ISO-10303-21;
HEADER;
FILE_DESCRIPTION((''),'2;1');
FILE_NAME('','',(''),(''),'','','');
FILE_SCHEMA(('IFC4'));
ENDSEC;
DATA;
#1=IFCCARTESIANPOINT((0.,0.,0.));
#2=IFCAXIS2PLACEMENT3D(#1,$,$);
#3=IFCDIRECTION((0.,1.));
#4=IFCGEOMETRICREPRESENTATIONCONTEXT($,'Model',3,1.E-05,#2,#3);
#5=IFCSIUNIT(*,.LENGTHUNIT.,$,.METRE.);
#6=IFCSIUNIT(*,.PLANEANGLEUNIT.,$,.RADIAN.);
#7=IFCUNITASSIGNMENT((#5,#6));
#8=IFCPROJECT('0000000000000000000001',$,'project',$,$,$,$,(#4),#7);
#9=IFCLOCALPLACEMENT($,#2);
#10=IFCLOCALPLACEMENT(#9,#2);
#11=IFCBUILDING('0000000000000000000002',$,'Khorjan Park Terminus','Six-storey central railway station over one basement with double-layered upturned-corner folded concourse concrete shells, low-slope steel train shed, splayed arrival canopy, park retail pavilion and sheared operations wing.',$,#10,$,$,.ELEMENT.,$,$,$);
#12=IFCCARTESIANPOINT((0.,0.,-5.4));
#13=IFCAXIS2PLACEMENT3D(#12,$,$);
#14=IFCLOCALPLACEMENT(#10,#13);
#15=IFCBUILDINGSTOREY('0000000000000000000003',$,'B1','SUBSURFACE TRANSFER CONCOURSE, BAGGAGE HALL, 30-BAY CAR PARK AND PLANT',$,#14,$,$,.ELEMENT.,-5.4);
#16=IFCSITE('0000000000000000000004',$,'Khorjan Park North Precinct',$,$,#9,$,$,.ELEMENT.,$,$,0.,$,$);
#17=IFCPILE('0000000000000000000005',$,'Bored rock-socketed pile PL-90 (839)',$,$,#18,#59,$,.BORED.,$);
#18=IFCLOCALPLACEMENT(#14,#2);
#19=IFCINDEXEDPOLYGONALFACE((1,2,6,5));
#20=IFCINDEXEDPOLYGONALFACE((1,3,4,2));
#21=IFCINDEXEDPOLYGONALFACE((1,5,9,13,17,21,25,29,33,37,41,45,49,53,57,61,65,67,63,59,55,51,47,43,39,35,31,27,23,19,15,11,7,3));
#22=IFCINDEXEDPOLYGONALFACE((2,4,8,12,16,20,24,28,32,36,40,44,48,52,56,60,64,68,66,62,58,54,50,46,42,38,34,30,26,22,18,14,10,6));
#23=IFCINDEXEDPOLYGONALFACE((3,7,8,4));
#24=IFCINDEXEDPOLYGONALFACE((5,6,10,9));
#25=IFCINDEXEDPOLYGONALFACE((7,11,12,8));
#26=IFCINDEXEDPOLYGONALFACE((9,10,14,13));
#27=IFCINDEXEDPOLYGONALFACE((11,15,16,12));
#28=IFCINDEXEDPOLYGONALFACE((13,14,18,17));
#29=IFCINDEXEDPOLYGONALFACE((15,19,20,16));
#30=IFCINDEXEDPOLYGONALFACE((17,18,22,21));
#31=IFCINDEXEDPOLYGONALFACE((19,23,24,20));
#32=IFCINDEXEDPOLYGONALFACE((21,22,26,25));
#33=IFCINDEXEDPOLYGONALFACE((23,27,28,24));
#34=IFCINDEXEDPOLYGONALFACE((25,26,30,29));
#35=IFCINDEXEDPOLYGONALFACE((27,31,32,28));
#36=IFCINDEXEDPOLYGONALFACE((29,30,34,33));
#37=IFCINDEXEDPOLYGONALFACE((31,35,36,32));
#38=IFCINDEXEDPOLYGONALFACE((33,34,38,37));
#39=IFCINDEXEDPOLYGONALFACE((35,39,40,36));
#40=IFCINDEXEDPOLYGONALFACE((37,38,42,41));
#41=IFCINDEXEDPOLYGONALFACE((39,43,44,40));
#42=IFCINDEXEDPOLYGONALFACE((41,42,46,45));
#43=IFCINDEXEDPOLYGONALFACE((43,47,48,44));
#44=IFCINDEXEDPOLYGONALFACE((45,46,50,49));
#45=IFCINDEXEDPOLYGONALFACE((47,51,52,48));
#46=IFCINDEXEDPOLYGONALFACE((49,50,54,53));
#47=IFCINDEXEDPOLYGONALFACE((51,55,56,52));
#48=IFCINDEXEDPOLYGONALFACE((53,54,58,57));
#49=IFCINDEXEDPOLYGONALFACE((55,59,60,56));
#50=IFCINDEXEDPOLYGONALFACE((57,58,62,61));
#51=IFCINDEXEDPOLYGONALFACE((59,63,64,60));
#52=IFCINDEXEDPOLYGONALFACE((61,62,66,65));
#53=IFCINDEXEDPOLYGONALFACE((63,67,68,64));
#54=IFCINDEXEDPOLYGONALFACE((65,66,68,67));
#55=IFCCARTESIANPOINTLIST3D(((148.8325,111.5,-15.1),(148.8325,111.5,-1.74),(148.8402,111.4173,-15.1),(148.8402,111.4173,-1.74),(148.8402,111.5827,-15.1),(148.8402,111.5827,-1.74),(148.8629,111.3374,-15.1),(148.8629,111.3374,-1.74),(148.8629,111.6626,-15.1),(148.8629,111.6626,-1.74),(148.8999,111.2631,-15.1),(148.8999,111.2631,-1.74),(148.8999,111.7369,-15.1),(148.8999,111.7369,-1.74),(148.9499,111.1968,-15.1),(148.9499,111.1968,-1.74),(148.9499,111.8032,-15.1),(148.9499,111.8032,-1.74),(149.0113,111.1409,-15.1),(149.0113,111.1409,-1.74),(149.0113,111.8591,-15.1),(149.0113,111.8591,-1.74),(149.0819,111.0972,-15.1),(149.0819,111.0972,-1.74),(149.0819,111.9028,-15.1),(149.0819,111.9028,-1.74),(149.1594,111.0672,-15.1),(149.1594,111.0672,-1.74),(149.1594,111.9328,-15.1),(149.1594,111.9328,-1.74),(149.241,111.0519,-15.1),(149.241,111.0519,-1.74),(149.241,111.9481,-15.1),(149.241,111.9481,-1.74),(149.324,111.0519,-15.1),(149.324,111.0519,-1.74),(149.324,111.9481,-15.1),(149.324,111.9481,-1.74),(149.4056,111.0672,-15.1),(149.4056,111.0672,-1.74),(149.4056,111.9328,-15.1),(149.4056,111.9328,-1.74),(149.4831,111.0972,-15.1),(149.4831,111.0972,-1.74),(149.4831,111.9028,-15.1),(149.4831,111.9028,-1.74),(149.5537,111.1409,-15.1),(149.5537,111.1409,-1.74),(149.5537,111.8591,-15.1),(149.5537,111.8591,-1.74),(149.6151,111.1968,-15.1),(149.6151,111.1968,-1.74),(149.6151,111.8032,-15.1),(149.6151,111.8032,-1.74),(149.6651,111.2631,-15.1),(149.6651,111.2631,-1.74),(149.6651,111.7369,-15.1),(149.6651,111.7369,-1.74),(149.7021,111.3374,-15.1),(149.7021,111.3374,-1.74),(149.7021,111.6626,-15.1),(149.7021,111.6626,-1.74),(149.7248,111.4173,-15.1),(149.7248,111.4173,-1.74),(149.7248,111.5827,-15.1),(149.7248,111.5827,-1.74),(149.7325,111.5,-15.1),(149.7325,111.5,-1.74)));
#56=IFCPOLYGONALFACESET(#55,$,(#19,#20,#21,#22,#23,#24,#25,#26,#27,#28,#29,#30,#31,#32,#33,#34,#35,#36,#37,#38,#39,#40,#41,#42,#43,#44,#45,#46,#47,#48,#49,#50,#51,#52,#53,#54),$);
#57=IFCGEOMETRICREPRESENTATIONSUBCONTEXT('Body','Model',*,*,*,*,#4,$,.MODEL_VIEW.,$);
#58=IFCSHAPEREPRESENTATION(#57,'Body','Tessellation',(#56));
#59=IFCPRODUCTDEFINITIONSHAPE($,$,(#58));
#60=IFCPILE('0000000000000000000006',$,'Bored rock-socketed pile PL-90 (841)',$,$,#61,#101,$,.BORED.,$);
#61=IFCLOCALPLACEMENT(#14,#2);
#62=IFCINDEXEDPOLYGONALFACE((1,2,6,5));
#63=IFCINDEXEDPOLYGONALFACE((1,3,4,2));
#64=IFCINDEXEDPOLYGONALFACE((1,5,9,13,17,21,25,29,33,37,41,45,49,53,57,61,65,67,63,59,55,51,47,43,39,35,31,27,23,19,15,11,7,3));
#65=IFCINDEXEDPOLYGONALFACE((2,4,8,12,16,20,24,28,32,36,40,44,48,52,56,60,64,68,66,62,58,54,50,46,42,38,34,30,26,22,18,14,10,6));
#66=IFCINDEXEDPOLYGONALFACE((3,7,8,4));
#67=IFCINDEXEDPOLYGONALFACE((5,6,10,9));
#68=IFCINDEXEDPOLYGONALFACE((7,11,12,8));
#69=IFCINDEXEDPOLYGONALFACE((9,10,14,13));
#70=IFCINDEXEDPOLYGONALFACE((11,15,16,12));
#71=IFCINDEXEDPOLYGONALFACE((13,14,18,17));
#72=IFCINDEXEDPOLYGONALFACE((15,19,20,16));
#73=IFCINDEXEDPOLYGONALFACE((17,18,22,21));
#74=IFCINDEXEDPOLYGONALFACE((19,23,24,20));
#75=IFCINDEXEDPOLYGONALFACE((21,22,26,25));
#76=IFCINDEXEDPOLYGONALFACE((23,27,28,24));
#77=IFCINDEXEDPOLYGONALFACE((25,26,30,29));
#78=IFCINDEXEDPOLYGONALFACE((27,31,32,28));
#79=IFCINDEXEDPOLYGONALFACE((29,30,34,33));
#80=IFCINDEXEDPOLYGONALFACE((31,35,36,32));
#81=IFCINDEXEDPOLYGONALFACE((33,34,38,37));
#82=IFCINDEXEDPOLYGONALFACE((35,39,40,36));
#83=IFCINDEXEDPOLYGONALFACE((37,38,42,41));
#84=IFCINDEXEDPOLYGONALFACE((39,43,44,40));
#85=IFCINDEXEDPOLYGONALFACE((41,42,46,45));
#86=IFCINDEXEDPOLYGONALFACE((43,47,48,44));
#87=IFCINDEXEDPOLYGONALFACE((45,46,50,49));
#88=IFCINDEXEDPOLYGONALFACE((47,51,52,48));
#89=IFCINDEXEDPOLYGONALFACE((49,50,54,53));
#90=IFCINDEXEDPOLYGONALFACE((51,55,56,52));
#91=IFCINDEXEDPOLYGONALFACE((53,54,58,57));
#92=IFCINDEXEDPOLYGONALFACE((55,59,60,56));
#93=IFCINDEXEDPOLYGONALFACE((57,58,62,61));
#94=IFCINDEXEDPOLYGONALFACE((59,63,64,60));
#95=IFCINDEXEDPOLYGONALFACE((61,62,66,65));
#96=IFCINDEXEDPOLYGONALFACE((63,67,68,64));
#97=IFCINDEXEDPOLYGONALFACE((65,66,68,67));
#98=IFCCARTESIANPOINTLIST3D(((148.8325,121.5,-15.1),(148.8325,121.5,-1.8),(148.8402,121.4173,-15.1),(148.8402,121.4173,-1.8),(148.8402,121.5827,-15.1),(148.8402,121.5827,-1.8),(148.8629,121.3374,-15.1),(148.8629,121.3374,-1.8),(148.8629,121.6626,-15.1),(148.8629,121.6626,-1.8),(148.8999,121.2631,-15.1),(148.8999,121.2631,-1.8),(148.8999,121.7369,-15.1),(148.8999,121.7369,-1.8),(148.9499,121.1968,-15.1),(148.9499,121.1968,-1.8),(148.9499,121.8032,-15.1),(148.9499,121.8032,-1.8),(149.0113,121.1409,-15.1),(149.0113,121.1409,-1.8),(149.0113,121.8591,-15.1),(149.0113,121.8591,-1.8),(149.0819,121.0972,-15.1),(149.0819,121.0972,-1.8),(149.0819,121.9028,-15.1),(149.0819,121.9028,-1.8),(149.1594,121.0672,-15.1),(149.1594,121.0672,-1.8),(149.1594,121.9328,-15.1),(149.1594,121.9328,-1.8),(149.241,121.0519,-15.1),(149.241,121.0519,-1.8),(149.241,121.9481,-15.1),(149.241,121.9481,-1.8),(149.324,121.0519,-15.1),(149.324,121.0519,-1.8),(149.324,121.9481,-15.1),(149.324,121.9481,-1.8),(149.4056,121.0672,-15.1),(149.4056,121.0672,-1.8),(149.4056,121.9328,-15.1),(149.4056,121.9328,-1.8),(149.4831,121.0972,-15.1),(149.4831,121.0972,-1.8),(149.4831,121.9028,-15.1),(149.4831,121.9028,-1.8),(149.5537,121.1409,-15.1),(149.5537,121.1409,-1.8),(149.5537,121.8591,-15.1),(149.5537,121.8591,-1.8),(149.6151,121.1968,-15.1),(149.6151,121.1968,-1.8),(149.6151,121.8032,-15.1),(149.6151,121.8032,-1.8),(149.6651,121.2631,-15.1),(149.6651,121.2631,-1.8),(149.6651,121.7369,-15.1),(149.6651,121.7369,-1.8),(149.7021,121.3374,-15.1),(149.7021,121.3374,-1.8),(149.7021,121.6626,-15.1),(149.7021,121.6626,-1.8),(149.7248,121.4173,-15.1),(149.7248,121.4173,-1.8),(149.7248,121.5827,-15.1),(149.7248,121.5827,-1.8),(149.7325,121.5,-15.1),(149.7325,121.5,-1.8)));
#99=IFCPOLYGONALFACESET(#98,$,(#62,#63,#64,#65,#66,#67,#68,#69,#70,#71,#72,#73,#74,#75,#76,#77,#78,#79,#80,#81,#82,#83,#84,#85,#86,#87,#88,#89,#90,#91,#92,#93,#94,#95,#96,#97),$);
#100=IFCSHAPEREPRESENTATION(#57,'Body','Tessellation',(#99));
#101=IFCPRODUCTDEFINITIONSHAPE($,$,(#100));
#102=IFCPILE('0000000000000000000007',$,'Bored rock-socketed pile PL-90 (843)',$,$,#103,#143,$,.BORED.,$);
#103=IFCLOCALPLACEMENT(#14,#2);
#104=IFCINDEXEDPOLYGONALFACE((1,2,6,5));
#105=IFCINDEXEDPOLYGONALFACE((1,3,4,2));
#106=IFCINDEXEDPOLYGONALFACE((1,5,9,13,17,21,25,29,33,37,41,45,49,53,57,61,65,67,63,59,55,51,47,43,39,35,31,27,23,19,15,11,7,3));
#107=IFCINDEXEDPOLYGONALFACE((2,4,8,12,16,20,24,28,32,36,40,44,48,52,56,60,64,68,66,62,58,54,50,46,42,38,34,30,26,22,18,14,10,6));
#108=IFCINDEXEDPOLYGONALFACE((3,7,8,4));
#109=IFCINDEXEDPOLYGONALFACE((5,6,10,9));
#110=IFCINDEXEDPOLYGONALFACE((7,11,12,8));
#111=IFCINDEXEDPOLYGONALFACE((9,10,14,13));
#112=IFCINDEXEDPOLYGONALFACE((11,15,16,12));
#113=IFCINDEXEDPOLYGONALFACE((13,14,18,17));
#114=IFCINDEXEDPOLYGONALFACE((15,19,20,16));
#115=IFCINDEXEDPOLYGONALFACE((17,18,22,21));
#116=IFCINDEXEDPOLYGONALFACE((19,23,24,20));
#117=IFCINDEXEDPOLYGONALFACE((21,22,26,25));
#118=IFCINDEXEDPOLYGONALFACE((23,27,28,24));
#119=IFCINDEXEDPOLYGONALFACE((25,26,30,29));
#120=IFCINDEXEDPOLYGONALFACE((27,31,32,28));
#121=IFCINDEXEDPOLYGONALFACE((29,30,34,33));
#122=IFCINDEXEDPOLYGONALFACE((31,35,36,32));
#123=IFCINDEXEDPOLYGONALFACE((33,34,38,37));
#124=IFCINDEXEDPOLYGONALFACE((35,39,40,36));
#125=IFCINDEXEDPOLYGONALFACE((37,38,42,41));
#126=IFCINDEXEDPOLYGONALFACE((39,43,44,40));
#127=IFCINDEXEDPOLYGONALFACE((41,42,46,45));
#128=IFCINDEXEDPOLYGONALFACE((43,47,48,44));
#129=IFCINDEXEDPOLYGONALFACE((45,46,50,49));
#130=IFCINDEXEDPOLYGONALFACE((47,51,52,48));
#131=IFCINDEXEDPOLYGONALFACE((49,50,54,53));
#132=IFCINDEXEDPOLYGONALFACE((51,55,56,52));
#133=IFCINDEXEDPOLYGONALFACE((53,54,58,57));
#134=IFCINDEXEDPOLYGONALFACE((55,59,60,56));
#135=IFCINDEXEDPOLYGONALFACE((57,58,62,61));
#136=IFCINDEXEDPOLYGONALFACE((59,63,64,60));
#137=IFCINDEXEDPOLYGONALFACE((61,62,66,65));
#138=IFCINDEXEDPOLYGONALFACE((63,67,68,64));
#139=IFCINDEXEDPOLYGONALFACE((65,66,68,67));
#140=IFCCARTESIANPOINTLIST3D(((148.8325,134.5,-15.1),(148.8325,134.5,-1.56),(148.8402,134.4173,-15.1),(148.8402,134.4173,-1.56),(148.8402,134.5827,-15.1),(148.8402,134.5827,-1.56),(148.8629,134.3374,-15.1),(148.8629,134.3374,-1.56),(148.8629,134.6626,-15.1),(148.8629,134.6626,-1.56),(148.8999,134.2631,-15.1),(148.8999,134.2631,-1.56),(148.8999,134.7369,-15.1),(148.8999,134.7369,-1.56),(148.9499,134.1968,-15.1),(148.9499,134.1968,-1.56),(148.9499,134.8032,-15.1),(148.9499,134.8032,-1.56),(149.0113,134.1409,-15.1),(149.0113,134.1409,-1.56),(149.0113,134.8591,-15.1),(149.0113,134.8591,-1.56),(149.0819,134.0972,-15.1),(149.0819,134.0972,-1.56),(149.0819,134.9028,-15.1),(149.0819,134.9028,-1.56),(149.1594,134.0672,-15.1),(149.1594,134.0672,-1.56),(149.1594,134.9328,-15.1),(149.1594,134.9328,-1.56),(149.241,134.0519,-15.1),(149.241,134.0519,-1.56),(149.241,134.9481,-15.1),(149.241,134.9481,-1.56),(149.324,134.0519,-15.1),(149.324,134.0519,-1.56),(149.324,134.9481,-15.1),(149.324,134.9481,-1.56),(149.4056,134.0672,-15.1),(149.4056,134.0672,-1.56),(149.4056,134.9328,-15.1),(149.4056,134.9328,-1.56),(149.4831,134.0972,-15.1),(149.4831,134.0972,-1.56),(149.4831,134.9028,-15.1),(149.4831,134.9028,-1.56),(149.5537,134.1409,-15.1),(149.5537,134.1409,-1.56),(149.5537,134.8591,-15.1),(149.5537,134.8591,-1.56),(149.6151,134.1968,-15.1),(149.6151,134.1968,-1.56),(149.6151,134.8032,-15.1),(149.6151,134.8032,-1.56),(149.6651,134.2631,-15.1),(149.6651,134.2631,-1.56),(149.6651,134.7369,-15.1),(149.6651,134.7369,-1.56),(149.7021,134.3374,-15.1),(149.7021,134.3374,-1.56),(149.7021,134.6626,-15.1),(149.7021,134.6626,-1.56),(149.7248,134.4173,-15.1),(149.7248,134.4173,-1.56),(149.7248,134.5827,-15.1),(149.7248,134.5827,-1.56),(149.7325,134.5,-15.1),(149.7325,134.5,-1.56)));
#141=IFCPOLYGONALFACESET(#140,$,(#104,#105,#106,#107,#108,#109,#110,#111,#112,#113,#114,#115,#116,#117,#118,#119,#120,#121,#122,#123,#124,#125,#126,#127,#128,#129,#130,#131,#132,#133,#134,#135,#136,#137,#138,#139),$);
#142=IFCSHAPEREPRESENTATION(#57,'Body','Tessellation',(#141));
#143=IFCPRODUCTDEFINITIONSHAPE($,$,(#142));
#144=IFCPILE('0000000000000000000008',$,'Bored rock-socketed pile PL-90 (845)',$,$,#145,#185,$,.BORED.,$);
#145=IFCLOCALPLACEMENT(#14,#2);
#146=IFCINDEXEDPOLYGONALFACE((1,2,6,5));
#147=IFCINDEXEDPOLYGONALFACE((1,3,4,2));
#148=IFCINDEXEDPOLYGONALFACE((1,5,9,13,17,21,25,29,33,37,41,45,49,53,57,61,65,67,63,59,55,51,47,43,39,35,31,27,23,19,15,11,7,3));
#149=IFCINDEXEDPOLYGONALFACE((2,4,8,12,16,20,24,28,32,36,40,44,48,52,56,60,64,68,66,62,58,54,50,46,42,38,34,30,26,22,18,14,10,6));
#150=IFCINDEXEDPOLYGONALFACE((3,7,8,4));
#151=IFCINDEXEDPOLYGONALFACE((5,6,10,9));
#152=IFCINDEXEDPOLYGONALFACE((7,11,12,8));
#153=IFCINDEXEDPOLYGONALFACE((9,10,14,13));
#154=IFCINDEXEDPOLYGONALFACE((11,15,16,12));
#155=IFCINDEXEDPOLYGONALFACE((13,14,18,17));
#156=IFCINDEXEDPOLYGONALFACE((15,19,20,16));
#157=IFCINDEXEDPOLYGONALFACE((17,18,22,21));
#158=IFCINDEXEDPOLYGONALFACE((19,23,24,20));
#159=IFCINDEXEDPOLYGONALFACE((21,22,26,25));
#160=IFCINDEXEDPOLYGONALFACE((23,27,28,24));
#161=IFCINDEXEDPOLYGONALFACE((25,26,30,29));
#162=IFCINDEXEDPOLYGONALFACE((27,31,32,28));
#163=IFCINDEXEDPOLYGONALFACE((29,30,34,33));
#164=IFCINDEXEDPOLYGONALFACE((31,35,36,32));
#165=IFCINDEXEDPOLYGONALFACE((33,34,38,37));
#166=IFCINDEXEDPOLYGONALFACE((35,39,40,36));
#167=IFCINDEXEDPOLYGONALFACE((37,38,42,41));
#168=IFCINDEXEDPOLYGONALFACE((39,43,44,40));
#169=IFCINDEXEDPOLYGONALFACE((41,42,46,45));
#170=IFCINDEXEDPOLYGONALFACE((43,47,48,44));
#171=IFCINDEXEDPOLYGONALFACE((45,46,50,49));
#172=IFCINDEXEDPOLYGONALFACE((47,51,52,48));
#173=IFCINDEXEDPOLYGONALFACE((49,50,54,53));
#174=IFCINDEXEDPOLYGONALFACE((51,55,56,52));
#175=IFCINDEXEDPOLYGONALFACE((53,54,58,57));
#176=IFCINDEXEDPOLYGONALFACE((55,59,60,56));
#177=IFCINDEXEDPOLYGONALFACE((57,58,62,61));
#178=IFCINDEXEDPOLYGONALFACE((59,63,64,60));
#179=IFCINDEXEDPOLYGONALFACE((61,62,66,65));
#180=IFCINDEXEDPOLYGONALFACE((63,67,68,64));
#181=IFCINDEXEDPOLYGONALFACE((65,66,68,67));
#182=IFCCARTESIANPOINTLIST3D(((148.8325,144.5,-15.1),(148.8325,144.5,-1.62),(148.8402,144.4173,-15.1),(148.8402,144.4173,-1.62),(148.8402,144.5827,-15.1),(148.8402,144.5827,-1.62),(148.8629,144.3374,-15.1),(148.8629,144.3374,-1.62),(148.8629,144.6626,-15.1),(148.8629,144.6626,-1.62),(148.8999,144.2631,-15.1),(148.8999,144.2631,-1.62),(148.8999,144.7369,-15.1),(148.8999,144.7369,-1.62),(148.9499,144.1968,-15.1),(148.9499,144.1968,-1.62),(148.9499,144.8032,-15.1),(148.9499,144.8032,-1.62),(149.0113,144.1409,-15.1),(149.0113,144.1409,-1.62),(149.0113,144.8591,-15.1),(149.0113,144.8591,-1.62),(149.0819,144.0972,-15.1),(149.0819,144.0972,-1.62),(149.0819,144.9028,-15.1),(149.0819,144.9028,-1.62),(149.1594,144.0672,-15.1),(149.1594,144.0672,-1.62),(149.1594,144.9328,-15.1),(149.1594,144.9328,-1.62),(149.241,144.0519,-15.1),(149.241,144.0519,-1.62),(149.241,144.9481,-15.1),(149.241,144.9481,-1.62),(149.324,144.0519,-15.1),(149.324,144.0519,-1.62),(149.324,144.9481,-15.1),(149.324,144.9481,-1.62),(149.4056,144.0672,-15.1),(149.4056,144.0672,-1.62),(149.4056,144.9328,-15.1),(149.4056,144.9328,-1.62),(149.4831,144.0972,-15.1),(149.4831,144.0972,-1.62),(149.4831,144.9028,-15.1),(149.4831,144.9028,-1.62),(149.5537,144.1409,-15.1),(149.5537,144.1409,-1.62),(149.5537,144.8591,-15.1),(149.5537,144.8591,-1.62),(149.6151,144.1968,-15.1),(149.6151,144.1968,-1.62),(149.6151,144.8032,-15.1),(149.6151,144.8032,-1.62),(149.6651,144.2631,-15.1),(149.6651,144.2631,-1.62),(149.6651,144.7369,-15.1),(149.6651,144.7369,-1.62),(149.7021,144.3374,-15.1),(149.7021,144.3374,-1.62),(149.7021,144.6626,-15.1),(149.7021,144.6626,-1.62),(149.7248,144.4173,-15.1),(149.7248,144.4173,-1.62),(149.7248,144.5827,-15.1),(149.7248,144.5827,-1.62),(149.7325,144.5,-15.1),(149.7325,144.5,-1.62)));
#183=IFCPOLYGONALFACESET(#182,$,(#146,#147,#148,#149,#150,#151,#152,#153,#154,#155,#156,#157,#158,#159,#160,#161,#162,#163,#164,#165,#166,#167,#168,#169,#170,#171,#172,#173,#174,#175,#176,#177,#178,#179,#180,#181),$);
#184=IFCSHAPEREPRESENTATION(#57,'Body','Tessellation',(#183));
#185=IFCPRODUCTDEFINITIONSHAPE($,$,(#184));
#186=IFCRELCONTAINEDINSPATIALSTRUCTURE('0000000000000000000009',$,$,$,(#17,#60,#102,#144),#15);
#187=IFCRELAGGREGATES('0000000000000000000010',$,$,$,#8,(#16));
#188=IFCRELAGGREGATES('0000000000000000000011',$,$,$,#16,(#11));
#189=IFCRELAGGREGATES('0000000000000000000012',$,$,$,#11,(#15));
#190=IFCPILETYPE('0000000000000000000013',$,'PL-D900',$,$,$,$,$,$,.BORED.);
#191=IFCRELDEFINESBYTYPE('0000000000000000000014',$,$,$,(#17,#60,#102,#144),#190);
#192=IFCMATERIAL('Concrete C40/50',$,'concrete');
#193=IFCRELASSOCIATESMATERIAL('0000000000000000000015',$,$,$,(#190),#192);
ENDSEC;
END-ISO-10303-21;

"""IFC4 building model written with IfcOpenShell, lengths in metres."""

from ifc_helpers import new_model, si_unit, direction, frame, origin, origin_2d, place, context, subcontext, project, spatial, circle, extrude, material, material_profile, profile_set, type_object, element, save


model = new_model("IFC4")

# Units and contexts
model_context = context("Model", 3, precision=1e-05, world=origin(), true_north=direction((0.0, 1.0)))
body_context = subcontext(model_context, "Body", "Model", "MODEL_VIEW")
ifc_project = project(units=[si_unit("LENGTHUNIT", "METRE"), si_unit("PLANEANGLEUNIT", "RADIAN")], contexts=[model_context])

# Site, building, storey
site_placement = place(None, origin())
site = spatial("IfcSite", under=ifc_project, at=site_placement, Name="Khorjan Park North Precinct", CompositionType="ELEMENT", RefElevation=0.0)
building_placement = place(site_placement, origin())
building = spatial("IfcBuilding", under=site, at=building_placement, Name="Khorjan Park Terminus", Description="Six-storey central railway station over one basement with double-layered upturned-corner folded concourse concrete shells, low-slope steel train shed, splayed arrival canopy, park retail pavilion and sheared operations wing.", CompositionType="ELEMENT")
storey_placement = place(building_placement, frame((0.0, 0.0, -5.4)))
storey = spatial("IfcBuildingStorey", under=building, at=storey_placement, Name="B1", Description="SUBSURFACE TRANSFER CONCOURSE, BAGGAGE HALL, 30-BAY CAR PARK AND PLANT", CompositionType="ELEMENT", Elevation=-5.4)

# Shared definitions
ifc_material_1 = material(Name="Concrete C40/50", Category="concrete")

# Piles
ifc_material_profile_1 = material_profile(ifc_material_1, circle(Radius=0.45, at=origin_2d()), Name="BORED D900")
ifc_profile_set_1 = profile_set([ifc_material_profile_1], Name="Concrete C40/50")
pile_type_1 = type_object("IfcPileType", Name="PL-D900", PredefinedType="BORED", material=ifc_profile_set_1)
pile_1_placement = place(storey_placement, frame((149.2825, 111.5, -1.74), z_axis=(0.0, 0.0, -1.0), x_axis=(1.0, 0.0, 0.0)))
element("IfcPile", 1, at=pile_1_placement, inside=storey, type_object=pile_type_1, Name="Bored rock-socketed pile PL-90 (839)", PredefinedType="BORED", context=body_context, shape_type="SweptSolid", body=[
    extrude(circle(Radius=0.45, at=origin_2d()), origin(), (0.0, 0.0, 1.0), 13.36),
])
pile_2_placement = place(storey_placement, frame((149.2825, 121.5, -1.8), z_axis=(0.0, 0.0, -1.0), x_axis=(1.0, 0.0, 0.0)))
element("IfcPile", 2, at=pile_2_placement, inside=storey, type_object=pile_type_1, Name="Bored rock-socketed pile PL-90 (841)", PredefinedType="BORED", context=body_context, shape_type="SweptSolid", body=[
    extrude(circle(Radius=0.45, at=origin_2d()), origin(), (0.0, 0.0, 1.0), 13.3),
])
pile_3_placement = place(storey_placement, frame((149.2825, 134.5, -1.56), z_axis=(0.0, 0.0, -1.0), x_axis=(1.0, 0.0, 0.0)))
element("IfcPile", 3, at=pile_3_placement, inside=storey, type_object=pile_type_1, Name="Bored rock-socketed pile PL-90 (843)", PredefinedType="BORED", context=body_context, shape_type="SweptSolid", body=[
    extrude(circle(Radius=0.45, at=origin_2d()), origin(), (0.0, 0.0, 1.0), 13.54),
])
pile_4_placement = place(storey_placement, frame((149.2825, 144.5, -1.62), z_axis=(0.0, 0.0, -1.0), x_axis=(1.0, 0.0, 0.0)))
element("IfcPile", 4, at=pile_4_placement, inside=storey, type_object=pile_type_1, Name="Bored rock-socketed pile PL-90 (845)", PredefinedType="BORED", context=body_context, shape_type="SweptSolid", body=[
    extrude(circle(Radius=0.45, at=origin_2d()), origin(), (0.0, 0.0, 1.0), 13.48),
])

save(model, "model.ifc")
